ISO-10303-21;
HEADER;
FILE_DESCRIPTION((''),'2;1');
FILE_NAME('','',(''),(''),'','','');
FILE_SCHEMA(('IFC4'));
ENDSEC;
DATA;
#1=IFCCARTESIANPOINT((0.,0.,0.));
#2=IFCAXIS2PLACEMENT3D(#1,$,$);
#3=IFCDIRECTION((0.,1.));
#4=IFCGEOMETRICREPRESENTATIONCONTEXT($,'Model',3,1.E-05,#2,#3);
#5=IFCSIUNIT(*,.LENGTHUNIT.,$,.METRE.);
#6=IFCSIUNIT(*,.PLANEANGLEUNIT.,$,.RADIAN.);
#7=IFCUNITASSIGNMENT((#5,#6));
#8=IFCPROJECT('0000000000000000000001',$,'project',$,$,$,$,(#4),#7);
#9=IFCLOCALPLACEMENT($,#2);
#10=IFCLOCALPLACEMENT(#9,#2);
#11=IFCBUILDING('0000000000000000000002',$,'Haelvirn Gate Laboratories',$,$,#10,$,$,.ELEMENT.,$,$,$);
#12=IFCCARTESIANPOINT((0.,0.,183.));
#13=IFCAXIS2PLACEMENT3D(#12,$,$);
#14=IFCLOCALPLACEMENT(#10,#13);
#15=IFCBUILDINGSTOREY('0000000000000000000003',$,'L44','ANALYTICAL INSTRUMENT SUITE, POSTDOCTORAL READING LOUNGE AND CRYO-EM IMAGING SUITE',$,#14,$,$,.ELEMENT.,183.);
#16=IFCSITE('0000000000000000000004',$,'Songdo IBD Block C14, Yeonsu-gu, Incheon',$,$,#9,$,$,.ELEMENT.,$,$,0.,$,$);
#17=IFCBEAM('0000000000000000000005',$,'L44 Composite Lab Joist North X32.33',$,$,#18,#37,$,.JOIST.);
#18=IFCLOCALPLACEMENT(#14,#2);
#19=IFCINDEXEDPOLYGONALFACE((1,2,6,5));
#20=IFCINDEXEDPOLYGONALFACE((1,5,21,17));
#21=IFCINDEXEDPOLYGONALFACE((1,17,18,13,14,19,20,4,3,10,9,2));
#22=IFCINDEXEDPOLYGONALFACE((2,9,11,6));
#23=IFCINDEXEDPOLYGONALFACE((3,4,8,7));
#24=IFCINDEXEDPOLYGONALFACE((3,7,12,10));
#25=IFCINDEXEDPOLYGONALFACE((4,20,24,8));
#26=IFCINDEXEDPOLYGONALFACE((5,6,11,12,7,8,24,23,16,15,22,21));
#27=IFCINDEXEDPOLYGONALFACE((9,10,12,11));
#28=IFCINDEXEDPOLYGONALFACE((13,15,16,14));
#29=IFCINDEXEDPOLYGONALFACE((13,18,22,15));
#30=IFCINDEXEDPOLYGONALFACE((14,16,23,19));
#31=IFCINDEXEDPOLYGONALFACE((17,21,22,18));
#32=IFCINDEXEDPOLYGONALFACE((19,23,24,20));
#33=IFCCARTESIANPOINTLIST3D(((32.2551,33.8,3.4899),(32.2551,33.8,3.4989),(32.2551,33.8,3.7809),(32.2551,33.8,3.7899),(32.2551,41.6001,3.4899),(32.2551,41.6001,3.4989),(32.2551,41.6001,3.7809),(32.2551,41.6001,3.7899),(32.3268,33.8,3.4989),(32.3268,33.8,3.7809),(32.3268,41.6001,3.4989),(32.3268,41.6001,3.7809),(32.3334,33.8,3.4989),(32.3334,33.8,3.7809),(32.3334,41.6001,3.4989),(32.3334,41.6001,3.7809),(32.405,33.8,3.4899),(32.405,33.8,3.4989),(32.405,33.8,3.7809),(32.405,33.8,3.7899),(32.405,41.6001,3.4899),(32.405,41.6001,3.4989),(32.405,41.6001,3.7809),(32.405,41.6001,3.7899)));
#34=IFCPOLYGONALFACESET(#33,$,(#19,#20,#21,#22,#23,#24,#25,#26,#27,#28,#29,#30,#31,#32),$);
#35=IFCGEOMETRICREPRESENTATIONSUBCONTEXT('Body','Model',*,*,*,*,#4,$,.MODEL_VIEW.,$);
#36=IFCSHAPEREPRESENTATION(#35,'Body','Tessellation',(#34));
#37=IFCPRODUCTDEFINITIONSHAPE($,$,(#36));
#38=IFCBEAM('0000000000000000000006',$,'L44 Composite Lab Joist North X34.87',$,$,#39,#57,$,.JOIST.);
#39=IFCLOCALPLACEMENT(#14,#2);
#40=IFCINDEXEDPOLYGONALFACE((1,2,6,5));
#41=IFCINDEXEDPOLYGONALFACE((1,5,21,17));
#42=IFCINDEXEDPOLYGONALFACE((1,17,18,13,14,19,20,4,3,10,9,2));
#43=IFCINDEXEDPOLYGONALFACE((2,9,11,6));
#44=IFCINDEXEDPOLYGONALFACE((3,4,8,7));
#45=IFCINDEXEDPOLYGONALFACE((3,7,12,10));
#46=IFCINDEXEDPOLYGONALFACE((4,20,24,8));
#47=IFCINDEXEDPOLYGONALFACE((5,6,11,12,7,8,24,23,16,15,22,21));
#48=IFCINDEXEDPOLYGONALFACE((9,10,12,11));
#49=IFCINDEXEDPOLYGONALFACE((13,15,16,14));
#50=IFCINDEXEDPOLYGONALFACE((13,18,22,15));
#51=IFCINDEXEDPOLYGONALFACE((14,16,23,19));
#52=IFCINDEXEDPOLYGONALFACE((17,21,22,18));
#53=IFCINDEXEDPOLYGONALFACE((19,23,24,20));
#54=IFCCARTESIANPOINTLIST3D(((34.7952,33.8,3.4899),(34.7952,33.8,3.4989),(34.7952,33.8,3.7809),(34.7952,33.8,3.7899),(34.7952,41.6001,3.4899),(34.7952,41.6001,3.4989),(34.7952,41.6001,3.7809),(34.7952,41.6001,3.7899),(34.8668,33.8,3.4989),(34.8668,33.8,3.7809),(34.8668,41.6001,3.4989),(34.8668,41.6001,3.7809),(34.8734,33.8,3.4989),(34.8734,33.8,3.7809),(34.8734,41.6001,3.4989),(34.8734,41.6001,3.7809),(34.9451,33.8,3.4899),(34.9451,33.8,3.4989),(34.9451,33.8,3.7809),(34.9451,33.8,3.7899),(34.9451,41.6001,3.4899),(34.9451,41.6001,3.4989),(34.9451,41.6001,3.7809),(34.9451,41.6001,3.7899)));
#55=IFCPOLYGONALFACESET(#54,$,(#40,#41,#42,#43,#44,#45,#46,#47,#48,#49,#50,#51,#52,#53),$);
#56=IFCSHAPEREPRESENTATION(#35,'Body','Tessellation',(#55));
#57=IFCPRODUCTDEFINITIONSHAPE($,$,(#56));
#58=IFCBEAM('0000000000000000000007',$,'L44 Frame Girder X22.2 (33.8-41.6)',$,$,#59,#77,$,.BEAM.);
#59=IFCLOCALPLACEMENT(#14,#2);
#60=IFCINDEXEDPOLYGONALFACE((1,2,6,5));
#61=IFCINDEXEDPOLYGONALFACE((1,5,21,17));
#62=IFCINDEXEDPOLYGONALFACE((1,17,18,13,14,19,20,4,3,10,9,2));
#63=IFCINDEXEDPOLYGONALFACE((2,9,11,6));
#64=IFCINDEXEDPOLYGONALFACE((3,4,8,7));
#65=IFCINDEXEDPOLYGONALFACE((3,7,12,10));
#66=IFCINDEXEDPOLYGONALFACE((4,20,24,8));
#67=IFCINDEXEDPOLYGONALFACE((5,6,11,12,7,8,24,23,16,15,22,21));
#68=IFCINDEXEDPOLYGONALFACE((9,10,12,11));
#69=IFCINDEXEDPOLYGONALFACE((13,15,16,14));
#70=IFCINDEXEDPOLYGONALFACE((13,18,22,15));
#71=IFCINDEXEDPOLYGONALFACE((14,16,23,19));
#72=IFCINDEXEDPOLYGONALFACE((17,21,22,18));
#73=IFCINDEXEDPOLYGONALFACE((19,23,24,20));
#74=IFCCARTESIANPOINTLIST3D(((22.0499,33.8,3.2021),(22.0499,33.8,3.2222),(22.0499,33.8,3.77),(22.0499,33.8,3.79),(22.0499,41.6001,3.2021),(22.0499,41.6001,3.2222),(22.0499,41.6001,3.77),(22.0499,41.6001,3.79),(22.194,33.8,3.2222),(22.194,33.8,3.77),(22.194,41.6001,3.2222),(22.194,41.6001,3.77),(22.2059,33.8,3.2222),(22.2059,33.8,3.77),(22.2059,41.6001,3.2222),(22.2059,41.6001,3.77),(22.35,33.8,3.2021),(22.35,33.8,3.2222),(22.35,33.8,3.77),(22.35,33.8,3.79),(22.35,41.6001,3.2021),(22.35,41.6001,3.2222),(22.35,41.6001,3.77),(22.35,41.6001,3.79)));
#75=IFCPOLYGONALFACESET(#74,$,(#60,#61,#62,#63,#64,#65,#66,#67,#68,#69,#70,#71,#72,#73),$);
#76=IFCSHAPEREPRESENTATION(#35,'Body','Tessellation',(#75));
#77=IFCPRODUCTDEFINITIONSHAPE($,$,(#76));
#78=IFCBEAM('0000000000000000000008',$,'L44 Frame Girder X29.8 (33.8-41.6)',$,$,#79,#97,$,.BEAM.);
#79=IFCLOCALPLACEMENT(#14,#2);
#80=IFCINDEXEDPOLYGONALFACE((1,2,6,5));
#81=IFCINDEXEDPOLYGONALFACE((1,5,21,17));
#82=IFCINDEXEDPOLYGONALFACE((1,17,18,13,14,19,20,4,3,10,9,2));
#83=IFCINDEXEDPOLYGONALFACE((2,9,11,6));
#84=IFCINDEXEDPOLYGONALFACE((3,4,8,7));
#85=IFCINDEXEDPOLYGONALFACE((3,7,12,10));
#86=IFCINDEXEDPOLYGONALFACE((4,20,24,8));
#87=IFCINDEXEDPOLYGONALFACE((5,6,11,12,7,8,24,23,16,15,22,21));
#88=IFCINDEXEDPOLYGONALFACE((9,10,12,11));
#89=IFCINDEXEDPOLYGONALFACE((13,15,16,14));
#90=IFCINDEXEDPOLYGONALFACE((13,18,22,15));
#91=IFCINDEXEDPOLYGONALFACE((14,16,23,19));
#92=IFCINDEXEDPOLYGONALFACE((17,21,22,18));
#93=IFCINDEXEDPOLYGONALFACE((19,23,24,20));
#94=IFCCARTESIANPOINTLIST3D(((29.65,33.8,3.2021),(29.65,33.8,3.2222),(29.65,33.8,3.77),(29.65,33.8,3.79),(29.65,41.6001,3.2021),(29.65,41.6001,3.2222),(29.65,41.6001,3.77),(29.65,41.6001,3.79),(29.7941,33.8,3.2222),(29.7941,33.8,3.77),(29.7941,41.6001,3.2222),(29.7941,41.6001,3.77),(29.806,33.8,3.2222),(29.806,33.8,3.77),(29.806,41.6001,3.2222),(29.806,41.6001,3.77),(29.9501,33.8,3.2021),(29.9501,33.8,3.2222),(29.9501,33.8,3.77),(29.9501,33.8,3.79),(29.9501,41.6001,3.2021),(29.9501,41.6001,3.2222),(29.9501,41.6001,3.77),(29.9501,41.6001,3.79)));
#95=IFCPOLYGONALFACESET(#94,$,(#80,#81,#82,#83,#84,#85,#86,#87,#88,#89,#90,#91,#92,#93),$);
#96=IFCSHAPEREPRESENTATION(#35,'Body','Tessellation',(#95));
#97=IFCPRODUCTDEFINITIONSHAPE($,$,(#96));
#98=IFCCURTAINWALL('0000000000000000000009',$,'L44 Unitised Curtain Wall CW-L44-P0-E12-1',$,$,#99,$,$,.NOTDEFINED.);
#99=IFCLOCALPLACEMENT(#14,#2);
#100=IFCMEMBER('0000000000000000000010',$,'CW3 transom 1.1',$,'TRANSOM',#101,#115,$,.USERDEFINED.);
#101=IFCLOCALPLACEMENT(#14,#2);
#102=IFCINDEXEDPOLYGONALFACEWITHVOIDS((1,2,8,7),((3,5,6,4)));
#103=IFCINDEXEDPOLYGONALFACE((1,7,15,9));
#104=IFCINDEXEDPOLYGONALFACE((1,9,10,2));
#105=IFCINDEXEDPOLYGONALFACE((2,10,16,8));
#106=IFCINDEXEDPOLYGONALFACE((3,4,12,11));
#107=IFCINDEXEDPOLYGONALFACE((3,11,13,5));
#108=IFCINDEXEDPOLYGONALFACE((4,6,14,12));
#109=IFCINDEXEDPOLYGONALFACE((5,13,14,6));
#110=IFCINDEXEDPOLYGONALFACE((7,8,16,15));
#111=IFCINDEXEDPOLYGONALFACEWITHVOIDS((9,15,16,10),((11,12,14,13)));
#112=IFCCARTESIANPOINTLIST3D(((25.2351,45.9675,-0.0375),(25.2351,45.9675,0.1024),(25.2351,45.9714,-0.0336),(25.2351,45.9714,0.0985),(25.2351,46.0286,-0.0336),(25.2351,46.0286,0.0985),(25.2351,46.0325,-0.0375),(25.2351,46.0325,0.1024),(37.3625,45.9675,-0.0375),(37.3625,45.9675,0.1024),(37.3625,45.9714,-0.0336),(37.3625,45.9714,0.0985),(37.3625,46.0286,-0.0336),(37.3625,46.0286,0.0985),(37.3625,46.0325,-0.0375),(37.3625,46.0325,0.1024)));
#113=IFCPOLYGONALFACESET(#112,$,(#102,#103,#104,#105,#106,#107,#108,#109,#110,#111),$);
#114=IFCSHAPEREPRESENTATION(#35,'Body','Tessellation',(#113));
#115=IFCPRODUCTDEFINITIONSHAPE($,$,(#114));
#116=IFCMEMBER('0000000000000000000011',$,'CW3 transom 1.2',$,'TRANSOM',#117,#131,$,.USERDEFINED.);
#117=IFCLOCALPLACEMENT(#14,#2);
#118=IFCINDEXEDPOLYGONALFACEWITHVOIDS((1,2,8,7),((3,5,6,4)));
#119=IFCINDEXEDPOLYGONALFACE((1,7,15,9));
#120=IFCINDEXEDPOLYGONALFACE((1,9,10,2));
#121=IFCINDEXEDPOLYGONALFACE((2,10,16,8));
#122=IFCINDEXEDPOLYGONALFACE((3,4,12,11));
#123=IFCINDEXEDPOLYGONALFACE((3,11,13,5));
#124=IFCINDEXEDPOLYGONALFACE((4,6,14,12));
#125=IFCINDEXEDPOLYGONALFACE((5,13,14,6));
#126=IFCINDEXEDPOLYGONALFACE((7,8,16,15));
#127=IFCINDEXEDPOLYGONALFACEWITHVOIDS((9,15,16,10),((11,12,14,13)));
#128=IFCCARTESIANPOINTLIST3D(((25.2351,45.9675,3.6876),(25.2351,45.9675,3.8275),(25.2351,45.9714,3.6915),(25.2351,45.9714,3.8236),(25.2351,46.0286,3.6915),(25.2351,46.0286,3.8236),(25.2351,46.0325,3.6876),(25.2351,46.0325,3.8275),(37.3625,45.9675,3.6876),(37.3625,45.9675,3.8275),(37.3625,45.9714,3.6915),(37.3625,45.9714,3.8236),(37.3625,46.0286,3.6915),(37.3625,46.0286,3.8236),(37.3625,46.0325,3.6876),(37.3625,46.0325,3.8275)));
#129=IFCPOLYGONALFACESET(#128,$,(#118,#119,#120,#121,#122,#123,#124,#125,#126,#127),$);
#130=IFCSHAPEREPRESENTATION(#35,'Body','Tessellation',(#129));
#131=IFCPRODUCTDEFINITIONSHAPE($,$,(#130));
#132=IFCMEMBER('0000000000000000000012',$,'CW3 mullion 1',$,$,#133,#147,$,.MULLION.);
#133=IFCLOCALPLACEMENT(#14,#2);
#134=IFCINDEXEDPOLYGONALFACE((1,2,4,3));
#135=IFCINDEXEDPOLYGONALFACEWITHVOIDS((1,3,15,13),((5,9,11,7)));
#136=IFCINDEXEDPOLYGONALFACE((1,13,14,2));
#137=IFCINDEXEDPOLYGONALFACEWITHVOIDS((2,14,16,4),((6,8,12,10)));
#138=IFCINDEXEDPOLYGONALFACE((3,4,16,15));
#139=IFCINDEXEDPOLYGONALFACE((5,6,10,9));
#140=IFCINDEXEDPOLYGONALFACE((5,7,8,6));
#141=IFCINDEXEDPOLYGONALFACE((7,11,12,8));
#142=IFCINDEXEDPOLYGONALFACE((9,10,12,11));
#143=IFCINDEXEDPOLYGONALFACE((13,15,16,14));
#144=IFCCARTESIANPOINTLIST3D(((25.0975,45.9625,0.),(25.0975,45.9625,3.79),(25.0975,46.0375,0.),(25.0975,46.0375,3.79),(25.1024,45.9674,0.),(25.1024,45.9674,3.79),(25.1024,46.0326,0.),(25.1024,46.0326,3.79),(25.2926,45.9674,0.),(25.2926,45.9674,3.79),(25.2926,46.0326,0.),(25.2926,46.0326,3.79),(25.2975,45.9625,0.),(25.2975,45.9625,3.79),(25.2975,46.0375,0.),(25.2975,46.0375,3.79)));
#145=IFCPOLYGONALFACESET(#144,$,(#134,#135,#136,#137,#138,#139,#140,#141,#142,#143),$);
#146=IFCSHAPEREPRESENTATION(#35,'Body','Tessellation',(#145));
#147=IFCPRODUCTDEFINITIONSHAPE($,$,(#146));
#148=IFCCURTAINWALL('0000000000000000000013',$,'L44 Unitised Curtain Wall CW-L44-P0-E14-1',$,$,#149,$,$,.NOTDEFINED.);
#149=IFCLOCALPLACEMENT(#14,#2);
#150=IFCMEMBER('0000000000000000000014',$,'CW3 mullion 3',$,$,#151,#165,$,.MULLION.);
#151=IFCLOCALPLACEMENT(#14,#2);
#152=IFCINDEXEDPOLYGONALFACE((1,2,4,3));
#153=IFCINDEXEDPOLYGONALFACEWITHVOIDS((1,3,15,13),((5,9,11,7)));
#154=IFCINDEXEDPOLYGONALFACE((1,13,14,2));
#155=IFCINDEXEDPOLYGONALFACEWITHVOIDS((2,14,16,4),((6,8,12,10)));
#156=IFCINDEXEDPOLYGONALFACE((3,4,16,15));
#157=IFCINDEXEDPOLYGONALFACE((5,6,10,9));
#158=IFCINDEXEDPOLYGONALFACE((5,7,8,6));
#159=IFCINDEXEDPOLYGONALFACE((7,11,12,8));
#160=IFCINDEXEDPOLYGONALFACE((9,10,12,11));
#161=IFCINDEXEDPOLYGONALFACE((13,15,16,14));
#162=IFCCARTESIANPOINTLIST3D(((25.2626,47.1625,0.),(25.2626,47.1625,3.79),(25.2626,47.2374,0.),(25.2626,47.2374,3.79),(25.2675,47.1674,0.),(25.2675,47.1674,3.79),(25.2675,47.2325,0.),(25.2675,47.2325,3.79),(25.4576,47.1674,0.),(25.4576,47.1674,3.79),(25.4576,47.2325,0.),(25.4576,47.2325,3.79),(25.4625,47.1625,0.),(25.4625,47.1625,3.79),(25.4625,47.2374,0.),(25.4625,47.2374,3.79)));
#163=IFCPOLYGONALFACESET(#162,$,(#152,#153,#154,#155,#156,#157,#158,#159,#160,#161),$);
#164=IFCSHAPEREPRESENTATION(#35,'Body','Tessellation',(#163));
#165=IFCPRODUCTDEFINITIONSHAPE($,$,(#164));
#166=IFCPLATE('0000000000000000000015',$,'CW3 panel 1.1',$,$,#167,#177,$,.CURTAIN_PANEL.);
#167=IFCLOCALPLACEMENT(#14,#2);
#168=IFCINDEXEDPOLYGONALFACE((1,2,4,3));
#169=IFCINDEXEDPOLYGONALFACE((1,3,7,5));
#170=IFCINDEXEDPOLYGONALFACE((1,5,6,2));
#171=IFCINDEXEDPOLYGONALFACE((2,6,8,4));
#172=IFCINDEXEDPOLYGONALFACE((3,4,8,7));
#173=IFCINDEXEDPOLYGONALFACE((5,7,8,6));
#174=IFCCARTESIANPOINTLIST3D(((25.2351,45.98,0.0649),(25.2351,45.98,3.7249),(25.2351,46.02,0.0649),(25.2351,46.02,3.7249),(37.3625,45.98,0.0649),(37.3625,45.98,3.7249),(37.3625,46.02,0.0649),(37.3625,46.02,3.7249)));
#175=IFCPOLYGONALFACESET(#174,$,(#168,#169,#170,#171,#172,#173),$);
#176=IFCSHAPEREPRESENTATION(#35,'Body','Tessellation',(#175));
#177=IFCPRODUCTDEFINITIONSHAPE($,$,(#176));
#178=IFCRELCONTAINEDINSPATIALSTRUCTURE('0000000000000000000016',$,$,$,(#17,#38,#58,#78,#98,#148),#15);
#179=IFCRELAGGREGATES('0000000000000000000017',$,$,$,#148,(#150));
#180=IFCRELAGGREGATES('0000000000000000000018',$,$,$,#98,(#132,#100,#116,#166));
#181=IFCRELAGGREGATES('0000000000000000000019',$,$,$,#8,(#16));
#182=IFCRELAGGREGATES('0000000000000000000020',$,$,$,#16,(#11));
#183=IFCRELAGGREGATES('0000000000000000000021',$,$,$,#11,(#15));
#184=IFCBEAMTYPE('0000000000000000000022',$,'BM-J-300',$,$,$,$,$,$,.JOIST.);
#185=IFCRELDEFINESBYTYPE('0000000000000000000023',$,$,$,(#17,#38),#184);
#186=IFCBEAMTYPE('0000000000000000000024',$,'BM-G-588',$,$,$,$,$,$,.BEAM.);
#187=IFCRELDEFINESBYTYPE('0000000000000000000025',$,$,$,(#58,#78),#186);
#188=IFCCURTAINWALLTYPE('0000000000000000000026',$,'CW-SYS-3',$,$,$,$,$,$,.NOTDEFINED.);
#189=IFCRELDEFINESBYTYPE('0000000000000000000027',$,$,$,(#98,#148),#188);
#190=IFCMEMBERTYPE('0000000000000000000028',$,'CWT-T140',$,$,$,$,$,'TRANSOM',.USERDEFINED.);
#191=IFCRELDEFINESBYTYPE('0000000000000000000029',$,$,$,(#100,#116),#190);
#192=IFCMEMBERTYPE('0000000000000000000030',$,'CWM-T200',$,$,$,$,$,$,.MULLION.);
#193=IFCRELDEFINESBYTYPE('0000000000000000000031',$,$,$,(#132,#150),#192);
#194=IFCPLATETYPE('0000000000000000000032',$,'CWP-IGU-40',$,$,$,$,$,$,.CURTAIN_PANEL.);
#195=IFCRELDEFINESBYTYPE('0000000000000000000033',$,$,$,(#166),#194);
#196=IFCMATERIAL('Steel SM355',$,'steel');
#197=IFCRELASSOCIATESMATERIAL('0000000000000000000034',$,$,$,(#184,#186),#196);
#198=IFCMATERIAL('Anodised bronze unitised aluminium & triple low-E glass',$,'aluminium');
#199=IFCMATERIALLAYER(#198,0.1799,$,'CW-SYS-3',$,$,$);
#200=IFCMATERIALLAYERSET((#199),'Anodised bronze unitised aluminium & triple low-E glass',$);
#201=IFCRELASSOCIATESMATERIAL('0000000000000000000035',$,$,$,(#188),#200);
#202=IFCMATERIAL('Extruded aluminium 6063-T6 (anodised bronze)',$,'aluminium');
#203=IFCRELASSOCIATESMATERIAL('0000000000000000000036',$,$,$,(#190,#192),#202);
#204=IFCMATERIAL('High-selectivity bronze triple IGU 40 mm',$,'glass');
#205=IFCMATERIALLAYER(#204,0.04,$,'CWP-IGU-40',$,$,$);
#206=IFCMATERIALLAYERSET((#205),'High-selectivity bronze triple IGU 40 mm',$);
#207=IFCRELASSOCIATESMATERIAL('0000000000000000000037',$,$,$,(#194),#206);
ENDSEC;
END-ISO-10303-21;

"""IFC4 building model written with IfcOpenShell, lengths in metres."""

from ifc_helpers import new_model, si_unit, direction, frame, origin, origin_2d, place, context, subcontext, project, spatial, rectangle, hollow_rectangle, i_section, extrude, source, transform, mapped, material, layer, layer_set, material_profile, profile_set, type_object, type_shapes, element, aggregate, save


model = new_model("IFC4")

# Units and contexts
model_context = context("Model", 3, precision=1e-05, world=origin(), true_north=direction((0.0, 1.0)))
body_context = subcontext(model_context, "Body", "Model", "MODEL_VIEW")
ifc_project = project(units=[si_unit("LENGTHUNIT", "METRE"), si_unit("PLANEANGLEUNIT", "RADIAN")], contexts=[model_context])

# Site, building, storey
site_placement = place(None, origin())
site = spatial("IfcSite", under=ifc_project, at=site_placement, Name="Songdo IBD Block C14, Yeonsu-gu, Incheon", CompositionType="ELEMENT", RefElevation=0.0)
building_placement = place(site_placement, origin())
building = spatial("IfcBuilding", under=site, at=building_placement, Name="Haelvirn Gate Laboratories", CompositionType="ELEMENT")
storey_placement = place(building_placement, frame((0.0, 0.0, 183.0)))
storey = spatial("IfcBuildingStorey", under=building, at=storey_placement, Name="L44", Description="ANALYTICAL INSTRUMENT SUITE, POSTDOCTORAL READING LOUNGE AND CRYO-EM IMAGING SUITE", CompositionType="ELEMENT", Elevation=183.0)

# Shared definitions
ifc_material_1 = material(Name="Steel SM355", Category="steel")

# Beams
ifc_material_profile_1 = material_profile(ifc_material_1, i_section(OverallWidth=0.1499, OverallDepth=0.3, WebThickness=0.0066, FlangeThickness=0.009, at=origin_2d()), Name="H-300x150x6.5x9")
ifc_profile_set_1 = profile_set([ifc_material_profile_1], Name="Steel SM355")
beam_type_1 = type_object("IfcBeamType", Name="BM-J-300", PredefinedType="JOIST", material=ifc_profile_set_1)
shared_shape_1 = source(origin(), body_context, "Body", "SweptSolid", [
    extrude(i_section(OverallWidth=0.1499, OverallDepth=0.3, WebThickness=0.0066, FlangeThickness=0.009, at=origin_2d()), origin(), (0.0, 0.0, 1.0), 7.8),
])
type_shapes(beam_type_1, [shared_shape_1])
for number, where, z_axis, x_axis, name in (
    (1, (32.3301, 33.8, 3.6399), (0.0, 1.0, 0.0), (-1.0, 0.0, 0.0), "L44 Composite Lab Joist North X32.33"),
    (2, (34.8701, 33.8, 3.6399), (0.0, 1.0, 0.0), (-1.0, 0.0, 0.0), "L44 Composite Lab Joist North X34.87"),
):
    element("IfcBeam", number, at=place(storey_placement, frame(where, z_axis=z_axis, x_axis=x_axis)), inside=storey, type_object=beam_type_1, Name=name, PredefinedType="JOIST", context=body_context, shape_type="MappedRepresentation", body=[
        mapped(shared_shape_1, transform((0.0, 0.0, 0.0), scale=1.0)),
    ])
ifc_material_profile_2 = material_profile(ifc_material_1, i_section(OverallWidth=0.3, OverallDepth=0.5879, WebThickness=0.012, FlangeThickness=0.02, at=origin_2d()), Name="H-588x300x12x20")
ifc_profile_set_2 = profile_set([ifc_material_profile_2], Name="Steel SM355")
beam_type_2 = type_object("IfcBeamType", Name="BM-G-588", PredefinedType="BEAM", material=ifc_profile_set_2)
shared_shape_2 = source(origin(), body_context, "Body", "SweptSolid", [
    extrude(i_section(OverallWidth=0.3, OverallDepth=0.5879, WebThickness=0.012, FlangeThickness=0.02, at=origin_2d()), origin(), (0.0, 0.0, 1.0), 7.8),
])
type_shapes(beam_type_2, [shared_shape_2])
for number, where, z_axis, x_axis, name in (
    (3, (22.2, 33.8, 3.4961), (0.0, 1.0, 0.0), (-1.0, 0.0, 0.0), "L44 Frame Girder X22.2 (33.8-41.6)"),
    (4, (29.8, 33.8, 3.4961), (0.0, 1.0, 0.0), (-1.0, 0.0, 0.0), "L44 Frame Girder X29.8 (33.8-41.6)"),
):
    element("IfcBeam", number, at=place(storey_placement, frame(where, z_axis=z_axis, x_axis=x_axis)), inside=storey, type_object=beam_type_2, Name=name, PredefinedType="BEAM", context=body_context, shape_type="MappedRepresentation", body=[
        mapped(shared_shape_2, transform((0.0, 0.0, 0.0), scale=1.0)),
    ])

# Curtain wall, members
ifc_material_2 = material(Name="Anodised bronze unitised aluminium & triple low-E glass", Category="aluminium")
ifc_layer_1 = layer(ifc_material_2, 0.1799, Name="CW-SYS-3")
ifc_layer_set_1 = layer_set([ifc_layer_1], Name="Anodised bronze unitised aluminium & triple low-E glass")
curtain_wall_type = type_object("IfcCurtainWallType", Name="CW-SYS-3", PredefinedType="NOTDEFINED", material=ifc_layer_set_1)
curtain_wall_1_placement = place(storey_placement, origin())
curtain_wall_1 = element("IfcCurtainWall", 5, at=curtain_wall_1_placement, inside=storey, type_object=curtain_wall_type, Name="L44 Unitised Curtain Wall CW-L44-P0-E12-1", PredefinedType="NOTDEFINED")
ifc_material_3 = material(Name="Extruded aluminium 6063-T6 (anodised bronze)", Category="aluminium")
ifc_material_profile_3 = material_profile(ifc_material_3, hollow_rectangle(XDim=0.0649, YDim=0.1399, WallThickness=0.0039, at=origin_2d()), Name="CWT-140x65x4")
ifc_profile_set_3 = profile_set([ifc_material_profile_3], Name="Extruded aluminium 6063-T6 (anodised bronze)")
member_type_1 = type_object("IfcMemberType", Name="CWT-T140", ElementType="TRANSOM", PredefinedType="USERDEFINED", material=ifc_profile_set_3)
shared_shape_3 = source(origin(), body_context, "Body", "SweptSolid", [
    extrude(hollow_rectangle(XDim=0.0649, YDim=0.1399, WallThickness=0.0039, at=origin_2d()), origin(), (0.0, 0.0, 1.0), 12.1274),
])
type_shapes(member_type_1, [shared_shape_3])
member_1_placement = place(storey_placement, frame((25.2351, 46.0, 0.0325), z_axis=(1.0, 0.0, 0.0), x_axis=(0.0, 1.0, 0.0)))
member_1 = element("IfcMember", 6, at=member_1_placement, type_object=member_type_1, Name="CW3 transom 1.1", ObjectType="TRANSOM", PredefinedType="USERDEFINED", context=body_context, shape_type="MappedRepresentation", body=[
    mapped(shared_shape_3, transform((0.0, 0.0, 0.0), scale=1.0)),
])
member_2_placement = place(storey_placement, frame((25.2351, 46.0, 3.7576), z_axis=(1.0, 0.0, 0.0), x_axis=(0.0, 1.0, 0.0)))
member_2 = element("IfcMember", 7, at=member_2_placement, type_object=member_type_1, Name="CW3 transom 1.2", ObjectType="TRANSOM", PredefinedType="USERDEFINED", context=body_context, shape_type="MappedRepresentation", body=[
    mapped(shared_shape_3, transform((0.0, 0.0, 0.0), scale=1.0)),
])
ifc_material_profile_4 = material_profile(ifc_material_3, hollow_rectangle(XDim=0.075, YDim=0.2, WallThickness=0.0049, at=origin_2d()), Name="CWM-200x75x5")
ifc_profile_set_4 = profile_set([ifc_material_profile_4], Name="Extruded aluminium 6063-T6 (anodised bronze)")
member_type_2 = type_object("IfcMemberType", Name="CWM-T200", PredefinedType="MULLION", material=ifc_profile_set_4)
shared_shape_4 = source(origin(), body_context, "Body", "SweptSolid", [
    extrude(hollow_rectangle(XDim=0.075, YDim=0.2, WallThickness=0.0049, at=origin_2d()), origin(), (0.0, 0.0, 1.0), 3.79),
])
type_shapes(member_type_2, [shared_shape_4])
member_3_placement = place(storey_placement, frame((25.1975, 46.0, 0.0), z_axis=(0.0, 0.0, 1.0), x_axis=(0.0, 1.0, 0.0)))
member_3 = element("IfcMember", 8, at=member_3_placement, type_object=member_type_2, Name="CW3 mullion 1", PredefinedType="MULLION", context=body_context, shape_type="MappedRepresentation", body=[
    mapped(shared_shape_4, transform((0.0, 0.0, 0.0), scale=1.0)),
])

# Curtain wall, member
curtain_wall_2_placement = place(storey_placement, origin())
curtain_wall_2 = element("IfcCurtainWall", 9, at=curtain_wall_2_placement, inside=storey, type_object=curtain_wall_type, Name="L44 Unitised Curtain Wall CW-L44-P0-E14-1", PredefinedType="NOTDEFINED")
member_4_placement = place(storey_placement, frame((25.3625, 47.2, 0.0), z_axis=(0.0, 0.0, 1.0), x_axis=(0.0, 1.0, 0.0)))
member_4 = element("IfcMember", 10, at=member_4_placement, type_object=member_type_2, Name="CW3 mullion 3", PredefinedType="MULLION", context=body_context, shape_type="MappedRepresentation", body=[
    mapped(shared_shape_4, transform((0.0, 0.0, 0.0), scale=1.0)),
])
aggregate(curtain_wall_2, [member_4])

# Plate
ifc_material_4 = material(Name="High-selectivity bronze triple IGU 40 mm", Category="glass")
ifc_layer_2 = layer(ifc_material_4, 0.04, Name="CWP-IGU-40")
ifc_layer_set_2 = layer_set([ifc_layer_2], Name="High-selectivity bronze triple IGU 40 mm")
plate_type = type_object("IfcPlateType", Name="CWP-IGU-40", PredefinedType="CURTAIN_PANEL", material=ifc_layer_set_2)
shared_shape_5 = source(origin(), body_context, "Body", "SweptSolid", [
    extrude(rectangle(XDim=12.1274, YDim=0.04, at=origin_2d()), origin(), (0.0, 0.0, 1.0), 3.6599),
])
type_shapes(plate_type, [shared_shape_5])
plate_placement = place(storey_placement, frame((31.2988, 46.0, 0.0649), z_axis=(0.0, 0.0, 1.0), x_axis=(1.0, 0.0, 0.0)))
plate = element("IfcPlate", 11, at=plate_placement, type_object=plate_type, Name="CW3 panel 1.1", PredefinedType="CURTAIN_PANEL", context=body_context, shape_type="MappedRepresentation", body=[
    mapped(shared_shape_5, transform((0.0, 0.0, 0.0), scale=1.0)),
])
aggregate(curtain_wall_1, [member_3, member_1, member_2, plate])

save(model, "model.ifc")
